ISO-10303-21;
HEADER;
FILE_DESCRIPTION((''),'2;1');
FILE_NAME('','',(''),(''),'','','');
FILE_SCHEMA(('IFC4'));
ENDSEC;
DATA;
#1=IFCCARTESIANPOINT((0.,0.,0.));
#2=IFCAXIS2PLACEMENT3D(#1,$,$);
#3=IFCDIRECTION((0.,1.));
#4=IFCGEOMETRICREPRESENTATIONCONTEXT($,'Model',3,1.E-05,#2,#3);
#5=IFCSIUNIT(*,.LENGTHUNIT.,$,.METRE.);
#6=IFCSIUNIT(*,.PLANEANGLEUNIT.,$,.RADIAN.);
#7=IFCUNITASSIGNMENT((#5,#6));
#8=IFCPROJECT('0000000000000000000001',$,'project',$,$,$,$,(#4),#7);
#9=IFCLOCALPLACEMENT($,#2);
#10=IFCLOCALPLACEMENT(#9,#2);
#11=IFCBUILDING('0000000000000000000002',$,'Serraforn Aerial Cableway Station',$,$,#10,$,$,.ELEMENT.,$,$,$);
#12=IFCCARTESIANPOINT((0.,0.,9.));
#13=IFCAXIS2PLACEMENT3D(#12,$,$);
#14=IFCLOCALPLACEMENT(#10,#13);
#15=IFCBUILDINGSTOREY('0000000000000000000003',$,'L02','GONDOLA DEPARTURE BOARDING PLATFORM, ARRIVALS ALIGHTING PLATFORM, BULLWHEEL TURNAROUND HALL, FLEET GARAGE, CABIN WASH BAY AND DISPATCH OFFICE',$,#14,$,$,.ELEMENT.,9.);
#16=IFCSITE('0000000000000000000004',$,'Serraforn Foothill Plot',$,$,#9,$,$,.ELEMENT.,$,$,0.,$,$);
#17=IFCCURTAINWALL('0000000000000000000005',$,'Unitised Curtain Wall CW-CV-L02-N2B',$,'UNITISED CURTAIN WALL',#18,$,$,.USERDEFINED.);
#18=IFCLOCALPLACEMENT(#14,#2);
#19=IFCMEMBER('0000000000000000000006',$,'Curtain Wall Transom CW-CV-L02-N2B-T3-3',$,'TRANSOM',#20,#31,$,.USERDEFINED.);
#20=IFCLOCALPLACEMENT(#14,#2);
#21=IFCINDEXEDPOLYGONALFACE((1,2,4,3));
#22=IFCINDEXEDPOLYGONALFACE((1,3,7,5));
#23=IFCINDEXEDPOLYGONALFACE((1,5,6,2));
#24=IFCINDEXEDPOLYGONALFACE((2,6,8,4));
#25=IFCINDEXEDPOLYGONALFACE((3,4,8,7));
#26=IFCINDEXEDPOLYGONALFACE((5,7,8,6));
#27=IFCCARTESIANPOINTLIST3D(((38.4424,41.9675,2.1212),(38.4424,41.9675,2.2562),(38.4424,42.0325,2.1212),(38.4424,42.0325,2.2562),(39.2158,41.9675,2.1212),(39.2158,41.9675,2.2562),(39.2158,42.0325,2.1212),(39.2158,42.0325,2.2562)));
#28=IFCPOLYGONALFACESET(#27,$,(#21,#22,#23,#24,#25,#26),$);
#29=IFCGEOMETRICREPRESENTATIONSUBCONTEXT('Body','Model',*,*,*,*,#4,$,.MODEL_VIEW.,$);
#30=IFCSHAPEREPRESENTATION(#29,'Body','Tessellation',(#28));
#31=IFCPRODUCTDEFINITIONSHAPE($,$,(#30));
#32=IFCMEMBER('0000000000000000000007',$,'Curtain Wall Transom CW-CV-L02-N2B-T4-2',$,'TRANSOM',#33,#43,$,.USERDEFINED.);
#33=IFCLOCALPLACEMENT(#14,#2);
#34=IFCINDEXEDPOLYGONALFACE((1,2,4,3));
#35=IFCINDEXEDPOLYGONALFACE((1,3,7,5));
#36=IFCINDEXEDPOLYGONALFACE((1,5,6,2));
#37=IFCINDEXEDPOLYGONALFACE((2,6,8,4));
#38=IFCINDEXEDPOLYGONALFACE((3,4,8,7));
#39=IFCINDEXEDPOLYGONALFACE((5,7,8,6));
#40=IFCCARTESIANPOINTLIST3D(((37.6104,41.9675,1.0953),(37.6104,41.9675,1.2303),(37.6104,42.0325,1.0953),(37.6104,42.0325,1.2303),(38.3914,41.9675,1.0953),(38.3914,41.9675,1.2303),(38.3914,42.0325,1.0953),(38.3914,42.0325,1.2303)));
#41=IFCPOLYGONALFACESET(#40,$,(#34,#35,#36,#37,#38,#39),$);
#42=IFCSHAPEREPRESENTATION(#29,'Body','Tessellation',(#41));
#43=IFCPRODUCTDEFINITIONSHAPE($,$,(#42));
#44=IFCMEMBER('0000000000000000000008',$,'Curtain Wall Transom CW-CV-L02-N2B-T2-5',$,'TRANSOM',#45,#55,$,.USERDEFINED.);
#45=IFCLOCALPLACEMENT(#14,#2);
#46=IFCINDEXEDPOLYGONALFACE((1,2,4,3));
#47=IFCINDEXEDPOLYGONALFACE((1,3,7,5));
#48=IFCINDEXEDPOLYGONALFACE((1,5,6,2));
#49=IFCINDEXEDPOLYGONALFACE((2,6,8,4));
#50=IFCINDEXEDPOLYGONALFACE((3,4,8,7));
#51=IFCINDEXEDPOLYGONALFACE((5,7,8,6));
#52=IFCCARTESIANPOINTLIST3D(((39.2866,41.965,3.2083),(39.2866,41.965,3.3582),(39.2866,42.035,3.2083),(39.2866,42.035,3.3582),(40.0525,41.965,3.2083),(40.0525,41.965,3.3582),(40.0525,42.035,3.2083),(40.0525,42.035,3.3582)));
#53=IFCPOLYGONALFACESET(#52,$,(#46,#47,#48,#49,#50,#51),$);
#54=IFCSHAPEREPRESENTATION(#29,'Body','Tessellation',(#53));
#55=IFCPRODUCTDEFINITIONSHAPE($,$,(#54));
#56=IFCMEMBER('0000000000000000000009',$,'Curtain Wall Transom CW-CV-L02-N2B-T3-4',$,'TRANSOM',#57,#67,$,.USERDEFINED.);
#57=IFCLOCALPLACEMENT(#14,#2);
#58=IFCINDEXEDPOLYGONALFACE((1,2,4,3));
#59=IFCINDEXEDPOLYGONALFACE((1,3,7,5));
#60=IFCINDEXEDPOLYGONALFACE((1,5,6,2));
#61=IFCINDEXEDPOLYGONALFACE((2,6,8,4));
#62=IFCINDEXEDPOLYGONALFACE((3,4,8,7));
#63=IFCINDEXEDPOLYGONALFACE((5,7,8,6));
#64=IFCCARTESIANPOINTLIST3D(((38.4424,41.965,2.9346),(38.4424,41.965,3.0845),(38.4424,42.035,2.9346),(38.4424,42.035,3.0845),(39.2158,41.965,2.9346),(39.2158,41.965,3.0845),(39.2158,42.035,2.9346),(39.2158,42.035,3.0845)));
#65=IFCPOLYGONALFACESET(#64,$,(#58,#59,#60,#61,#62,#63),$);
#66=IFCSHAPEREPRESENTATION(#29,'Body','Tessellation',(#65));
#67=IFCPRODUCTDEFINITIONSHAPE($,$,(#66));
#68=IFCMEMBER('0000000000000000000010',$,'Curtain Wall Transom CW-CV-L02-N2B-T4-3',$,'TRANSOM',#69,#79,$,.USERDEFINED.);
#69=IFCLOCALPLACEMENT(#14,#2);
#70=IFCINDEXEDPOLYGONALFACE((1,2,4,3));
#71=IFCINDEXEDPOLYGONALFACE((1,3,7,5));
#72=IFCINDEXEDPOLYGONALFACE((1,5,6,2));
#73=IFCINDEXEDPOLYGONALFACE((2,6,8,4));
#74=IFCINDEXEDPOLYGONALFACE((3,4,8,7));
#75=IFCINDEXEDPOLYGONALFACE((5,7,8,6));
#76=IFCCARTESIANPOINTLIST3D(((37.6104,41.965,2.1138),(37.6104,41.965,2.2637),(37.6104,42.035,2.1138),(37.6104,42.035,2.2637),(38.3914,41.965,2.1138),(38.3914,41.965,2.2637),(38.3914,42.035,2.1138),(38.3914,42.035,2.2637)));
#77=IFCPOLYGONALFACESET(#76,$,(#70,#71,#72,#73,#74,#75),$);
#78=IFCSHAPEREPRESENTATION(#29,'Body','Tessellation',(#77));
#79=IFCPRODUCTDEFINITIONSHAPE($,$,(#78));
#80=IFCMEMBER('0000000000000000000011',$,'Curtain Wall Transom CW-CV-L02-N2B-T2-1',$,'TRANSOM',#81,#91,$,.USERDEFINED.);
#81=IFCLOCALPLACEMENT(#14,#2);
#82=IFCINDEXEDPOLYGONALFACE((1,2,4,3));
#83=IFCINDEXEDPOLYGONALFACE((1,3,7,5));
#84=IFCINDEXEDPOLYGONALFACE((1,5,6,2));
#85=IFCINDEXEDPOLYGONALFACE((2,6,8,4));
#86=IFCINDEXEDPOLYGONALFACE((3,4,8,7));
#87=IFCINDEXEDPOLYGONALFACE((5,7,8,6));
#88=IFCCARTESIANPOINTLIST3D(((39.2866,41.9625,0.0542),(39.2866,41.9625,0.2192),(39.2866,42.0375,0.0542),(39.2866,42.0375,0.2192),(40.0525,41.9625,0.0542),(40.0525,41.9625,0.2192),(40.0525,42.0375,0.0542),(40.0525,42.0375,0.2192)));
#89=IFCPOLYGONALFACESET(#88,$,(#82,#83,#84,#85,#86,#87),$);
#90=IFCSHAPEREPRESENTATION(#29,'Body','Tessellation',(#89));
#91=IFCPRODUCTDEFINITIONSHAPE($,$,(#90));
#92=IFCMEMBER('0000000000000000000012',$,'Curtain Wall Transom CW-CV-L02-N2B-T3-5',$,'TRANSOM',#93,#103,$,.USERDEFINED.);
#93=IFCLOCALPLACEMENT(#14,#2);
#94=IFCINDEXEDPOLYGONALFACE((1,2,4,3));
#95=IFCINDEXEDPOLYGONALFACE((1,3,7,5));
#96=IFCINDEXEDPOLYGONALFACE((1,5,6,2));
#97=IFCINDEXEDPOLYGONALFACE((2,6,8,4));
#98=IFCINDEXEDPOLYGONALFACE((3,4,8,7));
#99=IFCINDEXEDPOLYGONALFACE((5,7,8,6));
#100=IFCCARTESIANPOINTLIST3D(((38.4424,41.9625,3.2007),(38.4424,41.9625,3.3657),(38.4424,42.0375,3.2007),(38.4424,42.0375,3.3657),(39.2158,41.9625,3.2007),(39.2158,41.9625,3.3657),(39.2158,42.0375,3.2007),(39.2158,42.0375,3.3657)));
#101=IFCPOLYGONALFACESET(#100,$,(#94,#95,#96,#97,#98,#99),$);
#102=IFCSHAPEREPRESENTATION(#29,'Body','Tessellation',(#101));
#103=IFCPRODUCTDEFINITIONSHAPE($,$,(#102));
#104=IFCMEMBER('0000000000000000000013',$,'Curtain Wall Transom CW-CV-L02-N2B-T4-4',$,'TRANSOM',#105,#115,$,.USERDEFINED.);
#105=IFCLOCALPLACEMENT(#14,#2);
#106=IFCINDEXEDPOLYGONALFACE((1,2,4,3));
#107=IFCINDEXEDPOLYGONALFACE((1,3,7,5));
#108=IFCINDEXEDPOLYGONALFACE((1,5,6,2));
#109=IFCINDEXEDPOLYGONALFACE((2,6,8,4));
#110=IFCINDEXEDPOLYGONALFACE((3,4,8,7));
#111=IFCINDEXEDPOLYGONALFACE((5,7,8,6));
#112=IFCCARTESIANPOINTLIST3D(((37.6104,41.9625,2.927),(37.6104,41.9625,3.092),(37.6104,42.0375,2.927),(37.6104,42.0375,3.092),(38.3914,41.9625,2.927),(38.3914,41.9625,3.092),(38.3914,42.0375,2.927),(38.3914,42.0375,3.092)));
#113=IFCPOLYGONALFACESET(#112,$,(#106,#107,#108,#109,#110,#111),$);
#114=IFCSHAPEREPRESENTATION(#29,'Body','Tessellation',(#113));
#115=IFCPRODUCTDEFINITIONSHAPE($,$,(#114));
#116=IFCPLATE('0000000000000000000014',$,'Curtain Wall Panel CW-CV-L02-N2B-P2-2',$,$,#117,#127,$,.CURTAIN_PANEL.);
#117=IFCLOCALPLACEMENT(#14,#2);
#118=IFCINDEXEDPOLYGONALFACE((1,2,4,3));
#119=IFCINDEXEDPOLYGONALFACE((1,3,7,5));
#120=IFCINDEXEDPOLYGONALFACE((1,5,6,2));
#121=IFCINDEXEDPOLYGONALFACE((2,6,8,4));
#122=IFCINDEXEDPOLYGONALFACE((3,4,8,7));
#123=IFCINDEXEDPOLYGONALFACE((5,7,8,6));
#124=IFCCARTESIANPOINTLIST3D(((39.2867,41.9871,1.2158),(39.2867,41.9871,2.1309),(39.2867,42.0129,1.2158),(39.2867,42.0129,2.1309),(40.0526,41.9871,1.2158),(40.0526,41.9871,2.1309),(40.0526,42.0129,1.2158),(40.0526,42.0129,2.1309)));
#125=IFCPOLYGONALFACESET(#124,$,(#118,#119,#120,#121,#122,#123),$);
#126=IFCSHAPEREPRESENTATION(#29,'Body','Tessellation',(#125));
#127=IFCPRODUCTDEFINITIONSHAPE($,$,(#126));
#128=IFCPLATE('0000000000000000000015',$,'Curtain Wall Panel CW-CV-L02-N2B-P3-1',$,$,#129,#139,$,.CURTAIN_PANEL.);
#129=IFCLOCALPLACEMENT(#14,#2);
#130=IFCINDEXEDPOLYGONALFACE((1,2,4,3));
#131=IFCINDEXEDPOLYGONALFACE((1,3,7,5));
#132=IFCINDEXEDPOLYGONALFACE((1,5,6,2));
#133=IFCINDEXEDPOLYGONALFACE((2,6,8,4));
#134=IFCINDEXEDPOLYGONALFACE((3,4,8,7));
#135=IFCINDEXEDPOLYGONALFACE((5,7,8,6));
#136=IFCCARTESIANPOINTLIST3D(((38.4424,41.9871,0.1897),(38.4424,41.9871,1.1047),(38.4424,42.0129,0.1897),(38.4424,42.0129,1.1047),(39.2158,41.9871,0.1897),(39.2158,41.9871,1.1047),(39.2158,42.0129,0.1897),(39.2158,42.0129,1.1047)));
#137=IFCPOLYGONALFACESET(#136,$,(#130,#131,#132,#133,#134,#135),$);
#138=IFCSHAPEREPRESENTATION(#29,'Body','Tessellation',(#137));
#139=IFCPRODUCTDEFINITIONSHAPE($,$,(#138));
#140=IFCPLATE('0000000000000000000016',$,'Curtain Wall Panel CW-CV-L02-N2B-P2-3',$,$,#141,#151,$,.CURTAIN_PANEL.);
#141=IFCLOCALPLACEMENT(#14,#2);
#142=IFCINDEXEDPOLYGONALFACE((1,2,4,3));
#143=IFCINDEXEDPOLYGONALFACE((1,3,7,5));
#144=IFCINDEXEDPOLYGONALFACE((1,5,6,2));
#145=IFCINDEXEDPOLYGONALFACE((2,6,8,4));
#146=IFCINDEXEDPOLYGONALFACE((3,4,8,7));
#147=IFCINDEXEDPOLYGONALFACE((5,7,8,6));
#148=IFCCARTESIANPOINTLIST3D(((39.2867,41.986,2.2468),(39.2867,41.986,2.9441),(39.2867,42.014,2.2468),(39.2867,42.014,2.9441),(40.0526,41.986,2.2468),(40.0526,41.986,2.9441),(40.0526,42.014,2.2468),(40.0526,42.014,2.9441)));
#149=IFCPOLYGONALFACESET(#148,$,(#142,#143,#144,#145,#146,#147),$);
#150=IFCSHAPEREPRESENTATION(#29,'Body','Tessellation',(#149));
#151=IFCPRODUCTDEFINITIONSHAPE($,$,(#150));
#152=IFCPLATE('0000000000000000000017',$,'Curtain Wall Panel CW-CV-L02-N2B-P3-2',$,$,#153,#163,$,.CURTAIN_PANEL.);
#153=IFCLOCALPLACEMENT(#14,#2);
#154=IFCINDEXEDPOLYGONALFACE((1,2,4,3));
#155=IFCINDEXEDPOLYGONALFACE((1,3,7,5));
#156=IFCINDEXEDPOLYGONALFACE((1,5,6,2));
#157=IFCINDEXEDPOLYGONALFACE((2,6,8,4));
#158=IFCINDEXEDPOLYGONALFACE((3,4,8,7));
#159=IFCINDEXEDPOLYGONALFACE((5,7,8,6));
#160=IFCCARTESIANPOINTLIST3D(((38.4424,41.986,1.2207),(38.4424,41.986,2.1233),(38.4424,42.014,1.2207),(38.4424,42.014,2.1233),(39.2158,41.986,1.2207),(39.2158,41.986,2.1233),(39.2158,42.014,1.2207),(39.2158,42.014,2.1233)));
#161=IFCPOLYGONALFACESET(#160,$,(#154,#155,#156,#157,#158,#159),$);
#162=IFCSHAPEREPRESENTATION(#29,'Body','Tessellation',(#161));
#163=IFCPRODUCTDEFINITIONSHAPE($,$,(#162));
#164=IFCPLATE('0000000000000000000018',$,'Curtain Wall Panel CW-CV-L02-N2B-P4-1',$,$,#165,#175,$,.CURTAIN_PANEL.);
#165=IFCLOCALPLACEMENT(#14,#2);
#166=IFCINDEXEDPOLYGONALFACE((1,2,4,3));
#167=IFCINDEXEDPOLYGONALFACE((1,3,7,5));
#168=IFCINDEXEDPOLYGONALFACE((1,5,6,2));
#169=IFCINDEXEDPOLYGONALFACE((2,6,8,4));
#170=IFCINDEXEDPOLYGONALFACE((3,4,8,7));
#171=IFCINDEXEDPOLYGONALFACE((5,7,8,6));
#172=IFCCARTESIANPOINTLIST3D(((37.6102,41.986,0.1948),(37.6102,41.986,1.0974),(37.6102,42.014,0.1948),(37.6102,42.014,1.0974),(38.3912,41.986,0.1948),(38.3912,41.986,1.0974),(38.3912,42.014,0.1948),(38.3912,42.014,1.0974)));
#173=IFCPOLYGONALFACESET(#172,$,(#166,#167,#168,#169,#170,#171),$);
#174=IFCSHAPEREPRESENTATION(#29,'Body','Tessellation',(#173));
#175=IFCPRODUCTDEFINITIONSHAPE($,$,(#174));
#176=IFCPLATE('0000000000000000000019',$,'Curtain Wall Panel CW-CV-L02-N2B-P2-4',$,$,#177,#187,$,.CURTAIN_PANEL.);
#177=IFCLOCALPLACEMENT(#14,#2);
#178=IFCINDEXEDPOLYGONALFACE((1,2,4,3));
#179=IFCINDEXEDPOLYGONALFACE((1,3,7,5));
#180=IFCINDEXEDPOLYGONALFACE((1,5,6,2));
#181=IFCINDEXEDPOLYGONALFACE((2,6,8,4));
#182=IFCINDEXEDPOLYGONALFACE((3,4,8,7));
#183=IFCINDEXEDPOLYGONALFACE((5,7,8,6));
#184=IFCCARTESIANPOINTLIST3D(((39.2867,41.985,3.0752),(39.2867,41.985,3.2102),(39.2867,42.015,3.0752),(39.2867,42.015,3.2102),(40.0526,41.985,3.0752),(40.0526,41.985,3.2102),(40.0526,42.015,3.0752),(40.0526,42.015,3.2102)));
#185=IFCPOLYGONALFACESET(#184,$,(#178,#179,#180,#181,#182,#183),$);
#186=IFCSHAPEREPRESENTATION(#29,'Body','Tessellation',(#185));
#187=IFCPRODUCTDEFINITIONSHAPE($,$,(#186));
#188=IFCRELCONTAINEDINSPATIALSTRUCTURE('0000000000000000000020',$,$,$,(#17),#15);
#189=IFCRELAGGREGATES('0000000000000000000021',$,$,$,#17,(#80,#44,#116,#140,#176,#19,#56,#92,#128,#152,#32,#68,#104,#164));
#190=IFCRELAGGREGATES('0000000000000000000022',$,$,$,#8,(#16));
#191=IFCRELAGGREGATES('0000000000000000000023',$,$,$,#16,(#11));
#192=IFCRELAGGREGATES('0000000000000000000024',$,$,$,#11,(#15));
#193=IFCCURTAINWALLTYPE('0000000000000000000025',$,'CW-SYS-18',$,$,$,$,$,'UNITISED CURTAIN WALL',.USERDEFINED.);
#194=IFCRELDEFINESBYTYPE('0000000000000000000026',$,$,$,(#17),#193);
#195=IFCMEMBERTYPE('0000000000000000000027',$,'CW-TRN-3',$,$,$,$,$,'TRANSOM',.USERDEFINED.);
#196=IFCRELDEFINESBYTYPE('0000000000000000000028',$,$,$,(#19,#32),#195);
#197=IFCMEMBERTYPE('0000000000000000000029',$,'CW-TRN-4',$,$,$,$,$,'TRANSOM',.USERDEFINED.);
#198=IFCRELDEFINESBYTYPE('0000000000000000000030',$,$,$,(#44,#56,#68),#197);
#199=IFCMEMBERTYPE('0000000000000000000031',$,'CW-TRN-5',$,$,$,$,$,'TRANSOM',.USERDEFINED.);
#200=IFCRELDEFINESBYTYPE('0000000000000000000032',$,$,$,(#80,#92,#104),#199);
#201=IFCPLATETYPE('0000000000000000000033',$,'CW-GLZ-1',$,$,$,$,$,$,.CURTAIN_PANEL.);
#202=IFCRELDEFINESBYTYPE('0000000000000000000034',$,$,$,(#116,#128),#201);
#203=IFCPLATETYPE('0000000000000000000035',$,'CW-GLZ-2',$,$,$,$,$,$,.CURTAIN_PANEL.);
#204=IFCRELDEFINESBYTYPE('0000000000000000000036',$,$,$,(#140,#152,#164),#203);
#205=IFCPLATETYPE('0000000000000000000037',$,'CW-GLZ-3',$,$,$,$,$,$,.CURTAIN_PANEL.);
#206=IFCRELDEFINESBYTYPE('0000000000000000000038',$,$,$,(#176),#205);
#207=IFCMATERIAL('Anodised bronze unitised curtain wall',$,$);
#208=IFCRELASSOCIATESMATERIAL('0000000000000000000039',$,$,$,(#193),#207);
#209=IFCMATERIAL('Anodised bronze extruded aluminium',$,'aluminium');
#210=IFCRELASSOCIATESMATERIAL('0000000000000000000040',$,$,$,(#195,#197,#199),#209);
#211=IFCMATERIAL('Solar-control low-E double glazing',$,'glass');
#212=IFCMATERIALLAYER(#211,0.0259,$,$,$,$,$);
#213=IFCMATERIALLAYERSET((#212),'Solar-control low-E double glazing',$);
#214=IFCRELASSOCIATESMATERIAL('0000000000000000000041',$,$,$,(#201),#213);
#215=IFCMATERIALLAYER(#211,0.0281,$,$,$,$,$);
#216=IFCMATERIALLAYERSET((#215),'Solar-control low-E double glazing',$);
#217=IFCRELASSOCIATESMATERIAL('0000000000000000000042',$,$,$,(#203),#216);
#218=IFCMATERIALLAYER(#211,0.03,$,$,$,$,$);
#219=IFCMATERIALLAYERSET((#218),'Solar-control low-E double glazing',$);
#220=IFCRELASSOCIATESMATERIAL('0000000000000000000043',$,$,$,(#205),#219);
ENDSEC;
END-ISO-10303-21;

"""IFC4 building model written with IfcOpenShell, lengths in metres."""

from ifc_helpers import new_model, si_unit, direction, frame, origin, origin_2d, place, context, subcontext, project, spatial, rectangle, extrude, material, layer, layer_set, material_profile, profile_set, type_object, element, aggregate, save


model = new_model("IFC4")

# Units and contexts
model_context = context("Model", 3, precision=1e-05, world=origin(), true_north=direction((0.0, 1.0)))
body_context = subcontext(model_context, "Body", "Model", "MODEL_VIEW")
ifc_project = project(units=[si_unit("LENGTHUNIT", "METRE"), si_unit("PLANEANGLEUNIT", "RADIAN")], contexts=[model_context])

# Site, building, storey
site_placement = place(None, origin())
site = spatial("IfcSite", under=ifc_project, at=site_placement, Name="Serraforn Foothill Plot", CompositionType="ELEMENT", RefElevation=0.0)
building_placement = place(site_placement, origin())
building = spatial("IfcBuilding", under=site, at=building_placement, Name="Serraforn Aerial Cableway Station", CompositionType="ELEMENT")
storey_placement = place(building_placement, frame((0.0, 0.0, 9.0)))
storey = spatial("IfcBuildingStorey", under=building, at=storey_placement, Name="L02", Description="GONDOLA DEPARTURE BOARDING PLATFORM, ARRIVALS ALIGHTING PLATFORM, BULLWHEEL TURNAROUND HALL, FLEET GARAGE, CABIN WASH BAY AND DISPATCH OFFICE", CompositionType="ELEMENT", Elevation=9.0)

# Curtain wall, members, plates
ifc_material_1 = material(Name="Anodised bronze unitised curtain wall")
curtain_wall_type = type_object("IfcCurtainWallType", Name="CW-SYS-18", ElementType="UNITISED CURTAIN WALL", PredefinedType="USERDEFINED", material=ifc_material_1)
curtain_wall_placement = place(storey_placement, origin())
curtain_wall = element("IfcCurtainWall", 1, at=curtain_wall_placement, inside=storey, type_object=curtain_wall_type, Name="Unitised Curtain Wall CW-CV-L02-N2B", ObjectType="UNITISED CURTAIN WALL", PredefinedType="USERDEFINED")
ifc_material_2 = material(Name="Anodised bronze extruded aluminium", Category="aluminium")
ifc_material_profile_1 = material_profile(ifc_material_2, rectangle(XDim=0.0649, YDim=0.135, at=origin_2d()), Name="CW TRANSOM 65x135")
ifc_profile_set_1 = profile_set([ifc_material_profile_1], Name="Anodised bronze extruded aluminium")
member_type_1 = type_object("IfcMemberType", Name="CW-TRN-3", ElementType="TRANSOM", PredefinedType="USERDEFINED", material=ifc_profile_set_1)
member_1_placement = place(storey_placement, frame((39.2158, 42.0, 2.1887), z_axis=(-1.0, 0.0, 0.0), x_axis=(0.0, -1.0, 0.0)))
member_1 = element("IfcMember", 2, at=member_1_placement, type_object=member_type_1, Name="Curtain Wall Transom CW-CV-L02-N2B-T3-3", ObjectType="TRANSOM", PredefinedType="USERDEFINED", context=body_context, shape_type="SweptSolid", body=[
    extrude(rectangle(XDim=0.0649, YDim=0.135, at=origin_2d()), origin(), (0.0, 0.0, 1.0), 0.7734),
])
member_2_placement = place(storey_placement, frame((38.3914, 42.0, 1.1628), z_axis=(-1.0, 0.0, 0.0), x_axis=(0.0, -1.0, 0.0)))
member_2 = element("IfcMember", 3, at=member_2_placement, type_object=member_type_1, Name="Curtain Wall Transom CW-CV-L02-N2B-T4-2", ObjectType="TRANSOM", PredefinedType="USERDEFINED", context=body_context, shape_type="SweptSolid", body=[
    extrude(rectangle(XDim=0.0649, YDim=0.135, at=origin_2d()), origin(), (0.0, 0.0, 1.0), 0.781),
])
ifc_material_profile_2 = material_profile(ifc_material_2, rectangle(XDim=0.0701, YDim=0.1499, at=origin_2d()), Name="CW TRANSOM 70x150")
ifc_profile_set_2 = profile_set([ifc_material_profile_2], Name="Anodised bronze extruded aluminium")
member_type_2 = type_object("IfcMemberType", Name="CW-TRN-4", ElementType="TRANSOM", PredefinedType="USERDEFINED", material=ifc_profile_set_2)
member_3_placement = place(storey_placement, frame((40.0525, 42.0, 3.2832), z_axis=(-1.0, 0.0, 0.0), x_axis=(0.0, -1.0, 0.0)))
member_3 = element("IfcMember", 4, at=member_3_placement, type_object=member_type_2, Name="Curtain Wall Transom CW-CV-L02-N2B-T2-5", ObjectType="TRANSOM", PredefinedType="USERDEFINED", context=body_context, shape_type="SweptSolid", body=[
    extrude(rectangle(XDim=0.0701, YDim=0.1499, at=origin_2d()), origin(), (0.0, 0.0, 1.0), 0.7659),
])
member_4_placement = place(storey_placement, frame((39.2158, 42.0, 3.0095), z_axis=(-1.0, 0.0, 0.0), x_axis=(0.0, -1.0, 0.0)))
member_4 = element("IfcMember", 5, at=member_4_placement, type_object=member_type_2, Name="Curtain Wall Transom CW-CV-L02-N2B-T3-4", ObjectType="TRANSOM", PredefinedType="USERDEFINED", context=body_context, shape_type="SweptSolid", body=[
    extrude(rectangle(XDim=0.0701, YDim=0.1499, at=origin_2d()), origin(), (0.0, 0.0, 1.0), 0.7734),
])
member_5_placement = place(storey_placement, frame((38.3914, 42.0, 2.1887), z_axis=(-1.0, 0.0, 0.0), x_axis=(0.0, -1.0, 0.0)))
member_5 = element("IfcMember", 6, at=member_5_placement, type_object=member_type_2, Name="Curtain Wall Transom CW-CV-L02-N2B-T4-3", ObjectType="TRANSOM", PredefinedType="USERDEFINED", context=body_context, shape_type="SweptSolid", body=[
    extrude(rectangle(XDim=0.0701, YDim=0.1499, at=origin_2d()), origin(), (0.0, 0.0, 1.0), 0.781),
])
ifc_material_profile_3 = material_profile(ifc_material_2, rectangle(XDim=0.075, YDim=0.165, at=origin_2d()), Name="CW TRANSOM 75x165")
ifc_profile_set_3 = profile_set([ifc_material_profile_3], Name="Anodised bronze extruded aluminium")
member_type_3 = type_object("IfcMemberType", Name="CW-TRN-5", ElementType="TRANSOM", PredefinedType="USERDEFINED", material=ifc_profile_set_3)
member_6_placement = place(storey_placement, frame((40.0525, 42.0, 0.1367), z_axis=(-1.0, 0.0, 0.0), x_axis=(0.0, -1.0, 0.0)))
member_6 = element("IfcMember", 7, at=member_6_placement, type_object=member_type_3, Name="Curtain Wall Transom CW-CV-L02-N2B-T2-1", ObjectType="TRANSOM", PredefinedType="USERDEFINED", context=body_context, shape_type="SweptSolid", body=[
    extrude(rectangle(XDim=0.075, YDim=0.165, at=origin_2d()), origin(), (0.0, 0.0, 1.0), 0.7659),
])
member_7_placement = place(storey_placement, frame((39.2158, 42.0, 3.2832), z_axis=(-1.0, 0.0, 0.0), x_axis=(0.0, -1.0, 0.0)))
member_7 = element("IfcMember", 8, at=member_7_placement, type_object=member_type_3, Name="Curtain Wall Transom CW-CV-L02-N2B-T3-5", ObjectType="TRANSOM", PredefinedType="USERDEFINED", context=body_context, shape_type="SweptSolid", body=[
    extrude(rectangle(XDim=0.075, YDim=0.165, at=origin_2d()), origin(), (0.0, 0.0, 1.0), 0.7734),
])
member_8_placement = place(storey_placement, frame((38.3914, 42.0, 3.0095), z_axis=(-1.0, 0.0, 0.0), x_axis=(0.0, -1.0, 0.0)))
member_8 = element("IfcMember", 9, at=member_8_placement, type_object=member_type_3, Name="Curtain Wall Transom CW-CV-L02-N2B-T4-4", ObjectType="TRANSOM", PredefinedType="USERDEFINED", context=body_context, shape_type="SweptSolid", body=[
    extrude(rectangle(XDim=0.075, YDim=0.165, at=origin_2d()), origin(), (0.0, 0.0, 1.0), 0.781),
])
ifc_material_3 = material(Name="Solar-control low-E double glazing", Category="glass")
ifc_layer_1 = layer(ifc_material_3, 0.0259)
ifc_layer_set_1 = layer_set([ifc_layer_1], Name="Solar-control low-E double glazing")
plate_type_1 = type_object("IfcPlateType", Name="CW-GLZ-1", PredefinedType="CURTAIN_PANEL", material=ifc_layer_set_1)
plate_1_placement = place(storey_placement, frame((39.6697, 42.0, 1.2158), z_axis=(0.0, 0.0, 1.0), x_axis=(1.0, 0.0, 0.0)))
plate_1 = element("IfcPlate", 10, at=plate_1_placement, type_object=plate_type_1, Name="Curtain Wall Panel CW-CV-L02-N2B-P2-2", PredefinedType="CURTAIN_PANEL", context=body_context, shape_type="SweptSolid", body=[
    extrude(rectangle(XDim=0.7659, YDim=0.0259, at=origin_2d()), origin(), (0.0, 0.0, 1.0), 0.915),
])
plate_2_placement = place(storey_placement, frame((38.8291, 42.0, 0.1897), z_axis=(0.0, 0.0, 1.0), x_axis=(1.0, 0.0, 0.0)))
plate_2 = element("IfcPlate", 11, at=plate_2_placement, type_object=plate_type_1, Name="Curtain Wall Panel CW-CV-L02-N2B-P3-1", PredefinedType="CURTAIN_PANEL", context=body_context, shape_type="SweptSolid", body=[
    extrude(rectangle(XDim=0.7734, YDim=0.0259, at=origin_2d()), origin(), (0.0, 0.0, 1.0), 0.915),
])
ifc_layer_2 = layer(ifc_material_3, 0.0281)
ifc_layer_set_2 = layer_set([ifc_layer_2], Name="Solar-control low-E double glazing")
plate_type_2 = type_object("IfcPlateType", Name="CW-GLZ-2", PredefinedType="CURTAIN_PANEL", material=ifc_layer_set_2)
plate_3_placement = place(storey_placement, frame((39.6697, 42.0, 2.2468), z_axis=(0.0, 0.0, 1.0), x_axis=(1.0, 0.0, 0.0)))
plate_3 = element("IfcPlate", 12, at=plate_3_placement, type_object=plate_type_2, Name="Curtain Wall Panel CW-CV-L02-N2B-P2-3", PredefinedType="CURTAIN_PANEL", context=body_context, shape_type="SweptSolid", body=[
    extrude(rectangle(XDim=0.7659, YDim=0.0281, at=origin_2d()), origin(), (0.0, 0.0, 1.0), 0.6973),
])
plate_4_placement = place(storey_placement, frame((38.8291, 42.0, 1.2207), z_axis=(0.0, 0.0, 1.0), x_axis=(1.0, 0.0, 0.0)))
plate_4 = element("IfcPlate", 13, at=plate_4_placement, type_object=plate_type_2, Name="Curtain Wall Panel CW-CV-L02-N2B-P3-2", PredefinedType="CURTAIN_PANEL", context=body_context, shape_type="SweptSolid", body=[
    extrude(rectangle(XDim=0.7734, YDim=0.0281, at=origin_2d()), origin(), (0.0, 0.0, 1.0), 0.9026),
])
plate_5_placement = place(storey_placement, frame((38.0007, 42.0, 0.1948), z_axis=(0.0, 0.0, 1.0), x_axis=(1.0, 0.0, 0.0)))
plate_5 = element("IfcPlate", 14, at=plate_5_placement, type_object=plate_type_2, Name="Curtain Wall Panel CW-CV-L02-N2B-P4-1", PredefinedType="CURTAIN_PANEL", context=body_context, shape_type="SweptSolid", body=[
    extrude(rectangle(XDim=0.781, YDim=0.0281, at=origin_2d()), origin(), (0.0, 0.0, 1.0), 0.9026),
])
ifc_layer_3 = layer(ifc_material_3, 0.03)
ifc_layer_set_3 = layer_set([ifc_layer_3], Name="Solar-control low-E double glazing")
plate_type_3 = type_object("IfcPlateType", Name="CW-GLZ-3", PredefinedType="CURTAIN_PANEL", material=ifc_layer_set_3)
plate_6_placement = place(storey_placement, frame((39.6697, 42.0, 3.0752), z_axis=(0.0, 0.0, 1.0), x_axis=(1.0, 0.0, 0.0)))
plate_6 = element("IfcPlate", 15, at=plate_6_placement, type_object=plate_type_3, Name="Curtain Wall Panel CW-CV-L02-N2B-P2-4", PredefinedType="CURTAIN_PANEL", context=body_context, shape_type="SweptSolid", body=[
    extrude(rectangle(XDim=0.7659, YDim=0.03, at=origin_2d()), origin(), (0.0, 0.0, 1.0), 0.135),
])
aggregate(curtain_wall, [member_6, member_3, plate_1, plate_3, plate_6, member_1, member_4, member_7, plate_2, plate_4, member_2, member_5, member_8, plate_5])

save(model, "model.ifc")
